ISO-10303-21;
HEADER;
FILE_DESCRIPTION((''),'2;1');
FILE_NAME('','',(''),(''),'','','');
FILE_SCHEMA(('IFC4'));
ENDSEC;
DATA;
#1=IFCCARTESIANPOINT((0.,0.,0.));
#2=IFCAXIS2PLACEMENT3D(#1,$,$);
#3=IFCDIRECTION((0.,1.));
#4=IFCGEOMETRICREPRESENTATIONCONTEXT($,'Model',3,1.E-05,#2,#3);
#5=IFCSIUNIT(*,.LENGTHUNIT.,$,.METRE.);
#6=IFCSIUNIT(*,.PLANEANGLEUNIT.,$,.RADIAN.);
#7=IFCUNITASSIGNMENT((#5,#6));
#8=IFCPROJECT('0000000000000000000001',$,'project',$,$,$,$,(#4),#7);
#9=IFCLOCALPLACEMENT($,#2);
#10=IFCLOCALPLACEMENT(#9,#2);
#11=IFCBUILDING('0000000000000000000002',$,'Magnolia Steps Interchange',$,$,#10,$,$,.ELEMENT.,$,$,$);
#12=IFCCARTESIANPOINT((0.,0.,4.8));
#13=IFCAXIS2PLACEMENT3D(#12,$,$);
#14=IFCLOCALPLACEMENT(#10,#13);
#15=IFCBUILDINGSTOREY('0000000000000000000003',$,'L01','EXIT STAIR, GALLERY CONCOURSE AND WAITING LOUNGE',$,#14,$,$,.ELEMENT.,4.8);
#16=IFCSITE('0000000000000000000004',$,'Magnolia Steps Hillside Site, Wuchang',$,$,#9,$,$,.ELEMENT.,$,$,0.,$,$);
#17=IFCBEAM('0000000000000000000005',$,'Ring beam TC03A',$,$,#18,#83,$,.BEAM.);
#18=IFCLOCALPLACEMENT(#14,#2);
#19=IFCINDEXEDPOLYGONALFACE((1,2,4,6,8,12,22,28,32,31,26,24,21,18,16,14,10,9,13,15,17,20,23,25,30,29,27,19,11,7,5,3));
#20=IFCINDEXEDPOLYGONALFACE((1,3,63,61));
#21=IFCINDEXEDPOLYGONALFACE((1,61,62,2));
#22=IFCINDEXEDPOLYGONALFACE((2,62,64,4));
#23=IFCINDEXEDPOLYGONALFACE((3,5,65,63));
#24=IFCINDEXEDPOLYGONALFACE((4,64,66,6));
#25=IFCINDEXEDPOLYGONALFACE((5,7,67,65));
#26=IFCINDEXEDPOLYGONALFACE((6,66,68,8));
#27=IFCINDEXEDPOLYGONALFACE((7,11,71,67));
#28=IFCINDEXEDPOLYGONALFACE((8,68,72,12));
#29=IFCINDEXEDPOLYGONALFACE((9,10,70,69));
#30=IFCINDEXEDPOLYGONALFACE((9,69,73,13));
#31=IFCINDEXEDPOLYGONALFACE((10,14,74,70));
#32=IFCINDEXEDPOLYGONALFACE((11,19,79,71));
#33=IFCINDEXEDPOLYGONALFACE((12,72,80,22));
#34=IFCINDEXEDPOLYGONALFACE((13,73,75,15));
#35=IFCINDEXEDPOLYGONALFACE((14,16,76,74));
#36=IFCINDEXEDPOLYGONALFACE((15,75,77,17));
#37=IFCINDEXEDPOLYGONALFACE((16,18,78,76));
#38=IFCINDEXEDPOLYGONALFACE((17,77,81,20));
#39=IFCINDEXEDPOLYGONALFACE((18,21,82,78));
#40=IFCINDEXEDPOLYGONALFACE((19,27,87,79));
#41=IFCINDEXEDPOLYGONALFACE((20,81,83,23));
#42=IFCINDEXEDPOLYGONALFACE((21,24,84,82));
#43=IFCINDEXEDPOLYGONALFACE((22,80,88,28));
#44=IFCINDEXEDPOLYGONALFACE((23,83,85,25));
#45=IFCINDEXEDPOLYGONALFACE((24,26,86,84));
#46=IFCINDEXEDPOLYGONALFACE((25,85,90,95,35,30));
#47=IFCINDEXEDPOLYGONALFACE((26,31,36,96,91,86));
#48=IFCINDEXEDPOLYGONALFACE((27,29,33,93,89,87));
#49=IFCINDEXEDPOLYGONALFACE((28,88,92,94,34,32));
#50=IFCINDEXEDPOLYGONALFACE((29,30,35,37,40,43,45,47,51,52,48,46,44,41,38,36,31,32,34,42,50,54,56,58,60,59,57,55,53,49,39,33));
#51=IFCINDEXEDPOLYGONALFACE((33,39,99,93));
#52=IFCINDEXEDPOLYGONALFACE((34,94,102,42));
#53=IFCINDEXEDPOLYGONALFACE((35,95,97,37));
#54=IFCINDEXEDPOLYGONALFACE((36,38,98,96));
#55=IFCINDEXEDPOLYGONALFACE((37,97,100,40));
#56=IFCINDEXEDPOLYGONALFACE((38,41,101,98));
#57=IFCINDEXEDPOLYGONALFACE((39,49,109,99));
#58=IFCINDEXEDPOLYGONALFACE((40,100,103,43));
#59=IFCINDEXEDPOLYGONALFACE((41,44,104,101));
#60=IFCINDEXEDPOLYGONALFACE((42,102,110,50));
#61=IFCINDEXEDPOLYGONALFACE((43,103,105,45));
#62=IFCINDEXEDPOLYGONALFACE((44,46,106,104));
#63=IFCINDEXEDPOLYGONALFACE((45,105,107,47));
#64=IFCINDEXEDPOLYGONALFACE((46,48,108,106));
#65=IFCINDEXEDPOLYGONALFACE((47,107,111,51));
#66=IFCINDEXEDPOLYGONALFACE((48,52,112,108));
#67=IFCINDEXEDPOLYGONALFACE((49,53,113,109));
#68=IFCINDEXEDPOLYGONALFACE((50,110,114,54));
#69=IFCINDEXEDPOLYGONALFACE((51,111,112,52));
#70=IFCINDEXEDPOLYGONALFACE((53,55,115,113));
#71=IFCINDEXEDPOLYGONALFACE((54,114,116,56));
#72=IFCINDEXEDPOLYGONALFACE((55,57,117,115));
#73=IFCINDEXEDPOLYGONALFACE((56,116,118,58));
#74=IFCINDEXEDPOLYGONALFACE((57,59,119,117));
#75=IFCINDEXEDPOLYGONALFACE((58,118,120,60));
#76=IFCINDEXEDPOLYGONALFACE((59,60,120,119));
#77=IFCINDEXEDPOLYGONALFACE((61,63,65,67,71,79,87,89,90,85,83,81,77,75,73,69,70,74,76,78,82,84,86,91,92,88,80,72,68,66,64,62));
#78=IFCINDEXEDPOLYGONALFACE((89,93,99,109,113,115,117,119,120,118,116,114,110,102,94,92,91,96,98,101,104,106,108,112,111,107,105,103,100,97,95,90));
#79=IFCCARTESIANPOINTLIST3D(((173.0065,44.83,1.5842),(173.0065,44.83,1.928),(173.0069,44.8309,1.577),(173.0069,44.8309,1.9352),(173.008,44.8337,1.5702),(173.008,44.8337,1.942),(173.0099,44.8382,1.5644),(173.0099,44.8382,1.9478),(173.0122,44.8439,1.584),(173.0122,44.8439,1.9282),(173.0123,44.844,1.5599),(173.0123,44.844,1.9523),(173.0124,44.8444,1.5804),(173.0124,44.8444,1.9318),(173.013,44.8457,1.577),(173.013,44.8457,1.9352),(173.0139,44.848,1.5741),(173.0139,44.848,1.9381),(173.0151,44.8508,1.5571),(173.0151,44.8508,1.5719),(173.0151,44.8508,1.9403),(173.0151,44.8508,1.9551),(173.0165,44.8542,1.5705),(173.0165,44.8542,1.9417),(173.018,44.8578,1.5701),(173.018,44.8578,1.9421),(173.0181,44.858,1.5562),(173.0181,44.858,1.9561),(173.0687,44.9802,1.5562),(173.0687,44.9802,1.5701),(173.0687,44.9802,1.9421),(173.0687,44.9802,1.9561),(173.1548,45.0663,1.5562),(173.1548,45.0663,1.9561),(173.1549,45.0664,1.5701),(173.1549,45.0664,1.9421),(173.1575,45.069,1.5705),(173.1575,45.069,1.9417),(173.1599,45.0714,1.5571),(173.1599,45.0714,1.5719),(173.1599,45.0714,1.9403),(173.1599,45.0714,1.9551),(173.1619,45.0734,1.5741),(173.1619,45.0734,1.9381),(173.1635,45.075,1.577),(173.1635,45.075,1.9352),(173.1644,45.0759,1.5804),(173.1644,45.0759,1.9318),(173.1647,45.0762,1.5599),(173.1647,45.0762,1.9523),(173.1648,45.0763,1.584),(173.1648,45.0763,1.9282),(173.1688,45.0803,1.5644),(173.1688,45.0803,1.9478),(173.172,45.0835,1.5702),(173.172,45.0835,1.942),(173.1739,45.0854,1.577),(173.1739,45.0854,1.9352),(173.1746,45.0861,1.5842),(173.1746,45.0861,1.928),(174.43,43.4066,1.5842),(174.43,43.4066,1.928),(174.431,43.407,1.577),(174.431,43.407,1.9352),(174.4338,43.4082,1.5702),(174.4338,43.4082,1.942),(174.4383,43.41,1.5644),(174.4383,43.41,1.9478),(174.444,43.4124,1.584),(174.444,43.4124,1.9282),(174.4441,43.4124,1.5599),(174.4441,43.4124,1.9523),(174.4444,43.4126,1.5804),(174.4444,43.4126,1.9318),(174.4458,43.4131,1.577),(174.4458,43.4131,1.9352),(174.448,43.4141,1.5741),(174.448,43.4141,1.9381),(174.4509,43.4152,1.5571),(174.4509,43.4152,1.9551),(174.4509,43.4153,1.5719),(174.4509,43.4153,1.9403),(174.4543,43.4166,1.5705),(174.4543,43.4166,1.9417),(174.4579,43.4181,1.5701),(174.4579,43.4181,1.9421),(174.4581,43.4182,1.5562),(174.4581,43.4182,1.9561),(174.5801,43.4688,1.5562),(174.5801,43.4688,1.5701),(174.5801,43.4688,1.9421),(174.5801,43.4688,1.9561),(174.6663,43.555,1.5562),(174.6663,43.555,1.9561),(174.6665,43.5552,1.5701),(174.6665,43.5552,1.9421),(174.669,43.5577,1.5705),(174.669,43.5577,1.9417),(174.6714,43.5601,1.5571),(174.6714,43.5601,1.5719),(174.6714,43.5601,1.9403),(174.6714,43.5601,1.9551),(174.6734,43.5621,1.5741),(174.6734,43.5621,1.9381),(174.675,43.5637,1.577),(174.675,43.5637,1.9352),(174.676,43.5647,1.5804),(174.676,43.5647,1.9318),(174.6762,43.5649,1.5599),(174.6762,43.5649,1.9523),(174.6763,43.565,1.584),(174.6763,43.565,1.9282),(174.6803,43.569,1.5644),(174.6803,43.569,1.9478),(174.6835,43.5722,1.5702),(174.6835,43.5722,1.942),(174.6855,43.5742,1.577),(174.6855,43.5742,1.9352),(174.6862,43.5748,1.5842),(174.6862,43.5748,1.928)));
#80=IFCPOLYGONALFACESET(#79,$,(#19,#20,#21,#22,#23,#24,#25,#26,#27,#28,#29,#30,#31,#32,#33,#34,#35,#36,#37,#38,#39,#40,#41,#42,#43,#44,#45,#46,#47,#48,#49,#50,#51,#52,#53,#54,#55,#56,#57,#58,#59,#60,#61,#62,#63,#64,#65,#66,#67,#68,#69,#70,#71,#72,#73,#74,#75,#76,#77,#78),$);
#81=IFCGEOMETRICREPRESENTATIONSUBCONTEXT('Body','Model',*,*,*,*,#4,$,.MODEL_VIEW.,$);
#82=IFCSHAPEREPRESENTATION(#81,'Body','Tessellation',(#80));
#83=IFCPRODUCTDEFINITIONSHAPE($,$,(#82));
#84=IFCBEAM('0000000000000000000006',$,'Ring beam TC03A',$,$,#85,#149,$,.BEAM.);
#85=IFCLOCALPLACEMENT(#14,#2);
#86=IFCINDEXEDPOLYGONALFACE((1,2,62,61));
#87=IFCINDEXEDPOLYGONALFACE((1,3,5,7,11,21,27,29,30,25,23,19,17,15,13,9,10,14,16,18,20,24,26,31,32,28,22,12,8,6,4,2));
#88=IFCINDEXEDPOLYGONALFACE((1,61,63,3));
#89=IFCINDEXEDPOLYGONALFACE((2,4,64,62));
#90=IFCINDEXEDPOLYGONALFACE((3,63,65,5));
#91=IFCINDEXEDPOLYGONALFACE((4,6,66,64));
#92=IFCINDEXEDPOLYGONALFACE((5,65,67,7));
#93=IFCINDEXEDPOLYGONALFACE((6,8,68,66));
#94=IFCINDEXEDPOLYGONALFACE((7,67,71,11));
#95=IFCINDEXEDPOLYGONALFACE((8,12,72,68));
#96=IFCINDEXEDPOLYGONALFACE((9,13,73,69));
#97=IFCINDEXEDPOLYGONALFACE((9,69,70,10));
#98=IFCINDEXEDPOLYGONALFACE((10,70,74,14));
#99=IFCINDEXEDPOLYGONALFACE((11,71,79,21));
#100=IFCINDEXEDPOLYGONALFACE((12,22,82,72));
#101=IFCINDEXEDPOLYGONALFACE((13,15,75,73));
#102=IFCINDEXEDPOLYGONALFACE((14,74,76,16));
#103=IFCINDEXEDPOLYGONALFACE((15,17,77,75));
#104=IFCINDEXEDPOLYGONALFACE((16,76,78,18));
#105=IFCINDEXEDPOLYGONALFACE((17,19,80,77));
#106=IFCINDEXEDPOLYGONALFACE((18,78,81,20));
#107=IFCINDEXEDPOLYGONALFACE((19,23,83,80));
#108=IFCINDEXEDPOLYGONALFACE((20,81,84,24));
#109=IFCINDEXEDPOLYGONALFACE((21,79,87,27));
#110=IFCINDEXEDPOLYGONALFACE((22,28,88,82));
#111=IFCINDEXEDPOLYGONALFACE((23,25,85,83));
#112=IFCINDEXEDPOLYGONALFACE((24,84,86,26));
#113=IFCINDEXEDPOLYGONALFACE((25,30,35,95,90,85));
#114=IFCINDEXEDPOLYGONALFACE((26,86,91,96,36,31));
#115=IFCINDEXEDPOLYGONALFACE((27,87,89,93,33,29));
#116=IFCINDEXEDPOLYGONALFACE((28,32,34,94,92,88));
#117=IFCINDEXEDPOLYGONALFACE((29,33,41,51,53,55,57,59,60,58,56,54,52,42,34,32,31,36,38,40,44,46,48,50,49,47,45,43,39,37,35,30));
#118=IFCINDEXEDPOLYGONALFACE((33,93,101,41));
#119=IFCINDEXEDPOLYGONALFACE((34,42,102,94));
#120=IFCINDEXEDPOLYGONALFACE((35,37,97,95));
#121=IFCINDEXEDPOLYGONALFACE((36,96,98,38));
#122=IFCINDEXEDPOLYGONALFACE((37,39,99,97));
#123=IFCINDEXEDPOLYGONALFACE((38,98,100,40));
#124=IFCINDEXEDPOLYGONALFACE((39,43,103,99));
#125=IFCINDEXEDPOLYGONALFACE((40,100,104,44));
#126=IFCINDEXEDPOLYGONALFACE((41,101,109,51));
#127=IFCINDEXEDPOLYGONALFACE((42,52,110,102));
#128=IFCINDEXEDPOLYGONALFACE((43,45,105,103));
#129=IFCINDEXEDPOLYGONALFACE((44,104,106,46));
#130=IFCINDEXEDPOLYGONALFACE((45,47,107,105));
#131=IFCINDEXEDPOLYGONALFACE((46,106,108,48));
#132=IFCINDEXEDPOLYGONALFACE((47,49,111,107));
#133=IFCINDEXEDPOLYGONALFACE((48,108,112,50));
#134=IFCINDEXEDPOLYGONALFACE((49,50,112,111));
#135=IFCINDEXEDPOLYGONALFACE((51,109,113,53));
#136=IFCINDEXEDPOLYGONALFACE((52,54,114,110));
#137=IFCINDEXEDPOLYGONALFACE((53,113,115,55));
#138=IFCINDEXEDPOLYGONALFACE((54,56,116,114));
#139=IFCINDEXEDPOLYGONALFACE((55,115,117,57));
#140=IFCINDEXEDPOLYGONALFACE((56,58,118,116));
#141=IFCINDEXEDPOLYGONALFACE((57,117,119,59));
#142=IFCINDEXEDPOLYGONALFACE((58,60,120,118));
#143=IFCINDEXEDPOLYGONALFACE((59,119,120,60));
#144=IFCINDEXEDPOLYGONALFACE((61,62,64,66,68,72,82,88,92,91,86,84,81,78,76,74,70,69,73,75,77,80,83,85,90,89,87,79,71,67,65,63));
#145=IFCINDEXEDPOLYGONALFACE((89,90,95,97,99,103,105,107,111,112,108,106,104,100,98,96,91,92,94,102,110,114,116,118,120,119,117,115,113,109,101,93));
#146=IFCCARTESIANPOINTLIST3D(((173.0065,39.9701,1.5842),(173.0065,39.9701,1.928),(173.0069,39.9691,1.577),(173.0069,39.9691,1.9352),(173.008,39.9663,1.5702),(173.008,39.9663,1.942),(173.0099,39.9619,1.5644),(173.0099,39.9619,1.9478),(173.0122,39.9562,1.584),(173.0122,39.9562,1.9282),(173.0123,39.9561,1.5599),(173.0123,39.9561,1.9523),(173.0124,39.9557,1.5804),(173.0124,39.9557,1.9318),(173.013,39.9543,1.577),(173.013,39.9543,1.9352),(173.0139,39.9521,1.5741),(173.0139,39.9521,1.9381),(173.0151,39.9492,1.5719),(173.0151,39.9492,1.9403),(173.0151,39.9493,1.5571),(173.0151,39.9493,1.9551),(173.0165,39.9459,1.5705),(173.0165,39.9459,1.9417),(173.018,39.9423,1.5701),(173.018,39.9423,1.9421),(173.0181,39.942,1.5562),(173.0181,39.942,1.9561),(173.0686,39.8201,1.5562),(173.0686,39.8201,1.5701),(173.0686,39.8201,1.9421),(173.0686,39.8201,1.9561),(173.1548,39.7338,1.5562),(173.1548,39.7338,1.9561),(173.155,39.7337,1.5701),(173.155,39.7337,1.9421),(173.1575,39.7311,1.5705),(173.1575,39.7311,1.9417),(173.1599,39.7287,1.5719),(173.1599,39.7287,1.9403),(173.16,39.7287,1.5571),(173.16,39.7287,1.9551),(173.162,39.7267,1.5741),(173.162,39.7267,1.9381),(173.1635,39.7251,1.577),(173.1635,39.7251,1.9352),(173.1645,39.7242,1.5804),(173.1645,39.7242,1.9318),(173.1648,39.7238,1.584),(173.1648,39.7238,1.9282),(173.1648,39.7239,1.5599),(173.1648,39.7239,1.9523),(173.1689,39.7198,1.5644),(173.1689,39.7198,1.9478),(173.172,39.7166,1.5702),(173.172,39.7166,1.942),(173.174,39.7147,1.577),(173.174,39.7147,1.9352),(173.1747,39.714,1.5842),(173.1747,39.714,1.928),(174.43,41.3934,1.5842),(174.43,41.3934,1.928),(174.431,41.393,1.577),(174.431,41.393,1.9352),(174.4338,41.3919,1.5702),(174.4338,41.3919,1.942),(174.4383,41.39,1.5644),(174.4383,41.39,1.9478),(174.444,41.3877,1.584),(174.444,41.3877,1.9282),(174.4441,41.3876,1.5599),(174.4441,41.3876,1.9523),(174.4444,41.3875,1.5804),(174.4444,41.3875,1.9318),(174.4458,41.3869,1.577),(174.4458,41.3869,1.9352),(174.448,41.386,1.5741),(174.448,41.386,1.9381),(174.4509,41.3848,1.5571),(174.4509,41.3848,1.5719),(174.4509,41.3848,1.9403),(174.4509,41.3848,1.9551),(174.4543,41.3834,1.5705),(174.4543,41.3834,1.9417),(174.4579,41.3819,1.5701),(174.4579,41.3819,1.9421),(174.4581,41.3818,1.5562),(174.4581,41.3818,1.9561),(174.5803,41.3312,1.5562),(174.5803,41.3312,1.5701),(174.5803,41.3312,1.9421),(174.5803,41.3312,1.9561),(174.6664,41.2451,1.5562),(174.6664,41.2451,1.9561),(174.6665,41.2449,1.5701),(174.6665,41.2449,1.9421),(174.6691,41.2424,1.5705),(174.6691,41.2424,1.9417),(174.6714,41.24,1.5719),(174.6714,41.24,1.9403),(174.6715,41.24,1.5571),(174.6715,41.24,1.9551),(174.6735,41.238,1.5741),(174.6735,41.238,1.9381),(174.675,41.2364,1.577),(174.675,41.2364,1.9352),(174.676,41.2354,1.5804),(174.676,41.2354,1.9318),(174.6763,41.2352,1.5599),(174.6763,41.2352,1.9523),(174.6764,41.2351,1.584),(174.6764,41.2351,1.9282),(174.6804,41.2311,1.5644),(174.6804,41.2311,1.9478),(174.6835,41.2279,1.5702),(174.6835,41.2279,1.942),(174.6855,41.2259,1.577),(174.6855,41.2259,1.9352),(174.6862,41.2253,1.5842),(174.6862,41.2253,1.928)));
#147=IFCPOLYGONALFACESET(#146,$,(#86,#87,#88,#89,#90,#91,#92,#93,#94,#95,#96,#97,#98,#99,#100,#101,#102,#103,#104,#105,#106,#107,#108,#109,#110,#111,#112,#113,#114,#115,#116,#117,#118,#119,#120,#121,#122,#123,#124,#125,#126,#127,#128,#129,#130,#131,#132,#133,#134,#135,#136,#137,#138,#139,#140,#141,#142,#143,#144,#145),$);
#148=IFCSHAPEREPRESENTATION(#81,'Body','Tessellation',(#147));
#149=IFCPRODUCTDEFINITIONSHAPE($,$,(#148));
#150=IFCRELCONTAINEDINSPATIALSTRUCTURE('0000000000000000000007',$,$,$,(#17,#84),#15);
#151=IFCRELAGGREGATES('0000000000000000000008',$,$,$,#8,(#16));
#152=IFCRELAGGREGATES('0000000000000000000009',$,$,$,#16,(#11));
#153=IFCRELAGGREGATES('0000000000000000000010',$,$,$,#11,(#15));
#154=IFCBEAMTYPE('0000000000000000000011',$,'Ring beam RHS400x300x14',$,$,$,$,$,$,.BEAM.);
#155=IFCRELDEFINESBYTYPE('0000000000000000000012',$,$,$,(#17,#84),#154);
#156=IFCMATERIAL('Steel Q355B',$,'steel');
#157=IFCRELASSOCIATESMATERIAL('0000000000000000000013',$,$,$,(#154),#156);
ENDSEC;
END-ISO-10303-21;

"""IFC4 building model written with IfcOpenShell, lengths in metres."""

from ifc_helpers import new_model, si_unit, direction, frame, origin, origin_2d, place, context, subcontext, project, spatial, hollow_rectangle, extrude, clip, halfspace, material, material_profile, profile_set, type_object, element, save


model = new_model("IFC4")

# Units and contexts
model_context = context("Model", 3, precision=1e-05, world=origin(), true_north=direction((0.0, 1.0)))
body_context = subcontext(model_context, "Body", "Model", "MODEL_VIEW")
ifc_project = project(units=[si_unit("LENGTHUNIT", "METRE"), si_unit("PLANEANGLEUNIT", "RADIAN")], contexts=[model_context])

# Site, building, storey
site_placement = place(None, origin())
site = spatial("IfcSite", under=ifc_project, at=site_placement, Name="Magnolia Steps Hillside Site, Wuchang", CompositionType="ELEMENT", RefElevation=0.0)
building_placement = place(site_placement, origin())
building = spatial("IfcBuilding", under=site, at=building_placement, Name="Magnolia Steps Interchange", CompositionType="ELEMENT")
storey_placement = place(building_placement, frame((0.0, 0.0, 4.8)))
storey = spatial("IfcBuildingStorey", under=building, at=storey_placement, Name="L01", Description="EXIT STAIR, GALLERY CONCOURSE AND WAITING LOUNGE", CompositionType="ELEMENT", Elevation=4.8)

# Beams
ifc_material_1 = material(Name="Steel Q355B", Category="steel")
ifc_material_profile_1 = material_profile(ifc_material_1, hollow_rectangle(XDim=0.3, YDim=0.3999, WallThickness=0.0139, InnerFilletRadius=0.0139, OuterFilletRadius=0.0281, at=origin_2d()), Name="RHS400x300x14")
ifc_profile_set_1 = profile_set([ifc_material_profile_1], Name="Steel Q355B")
beam_type_1 = type_object("IfcBeamType", Name="Ring beam RHS400x300x14", PredefinedType="BEAM", material=ifc_profile_set_1)
beam_1_placement = place(storey_placement, frame((174.5801, 43.4688, 1.7561), z_axis=(-0.707164, 0.70705, 0.0), x_axis=(-0.70705, -0.707164, 0.0)))
element("IfcBeam", 1, at=beam_1_placement, inside=storey, type_object=beam_type_1, Name="Ring beam TC03A", PredefinedType="BEAM", context=body_context, shape_type="Clipping", body=[
    clip(clip(extrude(hollow_rectangle(XDim=0.3, YDim=0.3999, WallThickness=0.0139, InnerFilletRadius=0.0139, OuterFilletRadius=0.0281, at=origin_2d()), origin(), (0.0, 0.0, 1.0), 2.1375), halfspace(frame((0.0, 0.0, 0.0), z_axis=(0.382758, 0.0, -0.923849), x_axis=(0.923849, 0.0, 0.382758)), False)), halfspace(frame((0.0, 0.0, 2.1374), z_axis=(0.382609, 0.0, 0.92391), x_axis=(0.92391, 0.0, -0.382609)), False)),
])
beam_2_placement = place(storey_placement, frame((173.0686, 39.8201, 1.7561), z_axis=(0.707164, 0.70705, 0.0), x_axis=(-0.70705, 0.707164, 0.0)))
element("IfcBeam", 2, at=beam_2_placement, inside=storey, type_object=beam_type_1, Name="Ring beam TC03A", PredefinedType="BEAM", context=body_context, shape_type="Clipping", body=[
    clip(clip(extrude(hollow_rectangle(XDim=0.3, YDim=0.3999, WallThickness=0.0139, InnerFilletRadius=0.0139, OuterFilletRadius=0.0281, at=origin_2d()), origin(), (0.0, 0.0, 1.0), 2.1375), halfspace(frame((0.0, 0.0, 0.0), z_axis=(0.382609, 0.0, -0.92391), x_axis=(0.92391, 0.0, 0.382609)), False)), halfspace(frame((0.0, 0.0, 2.1374), z_axis=(0.382758, 0.0, 0.923849), x_axis=(0.923849, 0.0, -0.382758)), False)),
])

save(model, "model.ifc")
